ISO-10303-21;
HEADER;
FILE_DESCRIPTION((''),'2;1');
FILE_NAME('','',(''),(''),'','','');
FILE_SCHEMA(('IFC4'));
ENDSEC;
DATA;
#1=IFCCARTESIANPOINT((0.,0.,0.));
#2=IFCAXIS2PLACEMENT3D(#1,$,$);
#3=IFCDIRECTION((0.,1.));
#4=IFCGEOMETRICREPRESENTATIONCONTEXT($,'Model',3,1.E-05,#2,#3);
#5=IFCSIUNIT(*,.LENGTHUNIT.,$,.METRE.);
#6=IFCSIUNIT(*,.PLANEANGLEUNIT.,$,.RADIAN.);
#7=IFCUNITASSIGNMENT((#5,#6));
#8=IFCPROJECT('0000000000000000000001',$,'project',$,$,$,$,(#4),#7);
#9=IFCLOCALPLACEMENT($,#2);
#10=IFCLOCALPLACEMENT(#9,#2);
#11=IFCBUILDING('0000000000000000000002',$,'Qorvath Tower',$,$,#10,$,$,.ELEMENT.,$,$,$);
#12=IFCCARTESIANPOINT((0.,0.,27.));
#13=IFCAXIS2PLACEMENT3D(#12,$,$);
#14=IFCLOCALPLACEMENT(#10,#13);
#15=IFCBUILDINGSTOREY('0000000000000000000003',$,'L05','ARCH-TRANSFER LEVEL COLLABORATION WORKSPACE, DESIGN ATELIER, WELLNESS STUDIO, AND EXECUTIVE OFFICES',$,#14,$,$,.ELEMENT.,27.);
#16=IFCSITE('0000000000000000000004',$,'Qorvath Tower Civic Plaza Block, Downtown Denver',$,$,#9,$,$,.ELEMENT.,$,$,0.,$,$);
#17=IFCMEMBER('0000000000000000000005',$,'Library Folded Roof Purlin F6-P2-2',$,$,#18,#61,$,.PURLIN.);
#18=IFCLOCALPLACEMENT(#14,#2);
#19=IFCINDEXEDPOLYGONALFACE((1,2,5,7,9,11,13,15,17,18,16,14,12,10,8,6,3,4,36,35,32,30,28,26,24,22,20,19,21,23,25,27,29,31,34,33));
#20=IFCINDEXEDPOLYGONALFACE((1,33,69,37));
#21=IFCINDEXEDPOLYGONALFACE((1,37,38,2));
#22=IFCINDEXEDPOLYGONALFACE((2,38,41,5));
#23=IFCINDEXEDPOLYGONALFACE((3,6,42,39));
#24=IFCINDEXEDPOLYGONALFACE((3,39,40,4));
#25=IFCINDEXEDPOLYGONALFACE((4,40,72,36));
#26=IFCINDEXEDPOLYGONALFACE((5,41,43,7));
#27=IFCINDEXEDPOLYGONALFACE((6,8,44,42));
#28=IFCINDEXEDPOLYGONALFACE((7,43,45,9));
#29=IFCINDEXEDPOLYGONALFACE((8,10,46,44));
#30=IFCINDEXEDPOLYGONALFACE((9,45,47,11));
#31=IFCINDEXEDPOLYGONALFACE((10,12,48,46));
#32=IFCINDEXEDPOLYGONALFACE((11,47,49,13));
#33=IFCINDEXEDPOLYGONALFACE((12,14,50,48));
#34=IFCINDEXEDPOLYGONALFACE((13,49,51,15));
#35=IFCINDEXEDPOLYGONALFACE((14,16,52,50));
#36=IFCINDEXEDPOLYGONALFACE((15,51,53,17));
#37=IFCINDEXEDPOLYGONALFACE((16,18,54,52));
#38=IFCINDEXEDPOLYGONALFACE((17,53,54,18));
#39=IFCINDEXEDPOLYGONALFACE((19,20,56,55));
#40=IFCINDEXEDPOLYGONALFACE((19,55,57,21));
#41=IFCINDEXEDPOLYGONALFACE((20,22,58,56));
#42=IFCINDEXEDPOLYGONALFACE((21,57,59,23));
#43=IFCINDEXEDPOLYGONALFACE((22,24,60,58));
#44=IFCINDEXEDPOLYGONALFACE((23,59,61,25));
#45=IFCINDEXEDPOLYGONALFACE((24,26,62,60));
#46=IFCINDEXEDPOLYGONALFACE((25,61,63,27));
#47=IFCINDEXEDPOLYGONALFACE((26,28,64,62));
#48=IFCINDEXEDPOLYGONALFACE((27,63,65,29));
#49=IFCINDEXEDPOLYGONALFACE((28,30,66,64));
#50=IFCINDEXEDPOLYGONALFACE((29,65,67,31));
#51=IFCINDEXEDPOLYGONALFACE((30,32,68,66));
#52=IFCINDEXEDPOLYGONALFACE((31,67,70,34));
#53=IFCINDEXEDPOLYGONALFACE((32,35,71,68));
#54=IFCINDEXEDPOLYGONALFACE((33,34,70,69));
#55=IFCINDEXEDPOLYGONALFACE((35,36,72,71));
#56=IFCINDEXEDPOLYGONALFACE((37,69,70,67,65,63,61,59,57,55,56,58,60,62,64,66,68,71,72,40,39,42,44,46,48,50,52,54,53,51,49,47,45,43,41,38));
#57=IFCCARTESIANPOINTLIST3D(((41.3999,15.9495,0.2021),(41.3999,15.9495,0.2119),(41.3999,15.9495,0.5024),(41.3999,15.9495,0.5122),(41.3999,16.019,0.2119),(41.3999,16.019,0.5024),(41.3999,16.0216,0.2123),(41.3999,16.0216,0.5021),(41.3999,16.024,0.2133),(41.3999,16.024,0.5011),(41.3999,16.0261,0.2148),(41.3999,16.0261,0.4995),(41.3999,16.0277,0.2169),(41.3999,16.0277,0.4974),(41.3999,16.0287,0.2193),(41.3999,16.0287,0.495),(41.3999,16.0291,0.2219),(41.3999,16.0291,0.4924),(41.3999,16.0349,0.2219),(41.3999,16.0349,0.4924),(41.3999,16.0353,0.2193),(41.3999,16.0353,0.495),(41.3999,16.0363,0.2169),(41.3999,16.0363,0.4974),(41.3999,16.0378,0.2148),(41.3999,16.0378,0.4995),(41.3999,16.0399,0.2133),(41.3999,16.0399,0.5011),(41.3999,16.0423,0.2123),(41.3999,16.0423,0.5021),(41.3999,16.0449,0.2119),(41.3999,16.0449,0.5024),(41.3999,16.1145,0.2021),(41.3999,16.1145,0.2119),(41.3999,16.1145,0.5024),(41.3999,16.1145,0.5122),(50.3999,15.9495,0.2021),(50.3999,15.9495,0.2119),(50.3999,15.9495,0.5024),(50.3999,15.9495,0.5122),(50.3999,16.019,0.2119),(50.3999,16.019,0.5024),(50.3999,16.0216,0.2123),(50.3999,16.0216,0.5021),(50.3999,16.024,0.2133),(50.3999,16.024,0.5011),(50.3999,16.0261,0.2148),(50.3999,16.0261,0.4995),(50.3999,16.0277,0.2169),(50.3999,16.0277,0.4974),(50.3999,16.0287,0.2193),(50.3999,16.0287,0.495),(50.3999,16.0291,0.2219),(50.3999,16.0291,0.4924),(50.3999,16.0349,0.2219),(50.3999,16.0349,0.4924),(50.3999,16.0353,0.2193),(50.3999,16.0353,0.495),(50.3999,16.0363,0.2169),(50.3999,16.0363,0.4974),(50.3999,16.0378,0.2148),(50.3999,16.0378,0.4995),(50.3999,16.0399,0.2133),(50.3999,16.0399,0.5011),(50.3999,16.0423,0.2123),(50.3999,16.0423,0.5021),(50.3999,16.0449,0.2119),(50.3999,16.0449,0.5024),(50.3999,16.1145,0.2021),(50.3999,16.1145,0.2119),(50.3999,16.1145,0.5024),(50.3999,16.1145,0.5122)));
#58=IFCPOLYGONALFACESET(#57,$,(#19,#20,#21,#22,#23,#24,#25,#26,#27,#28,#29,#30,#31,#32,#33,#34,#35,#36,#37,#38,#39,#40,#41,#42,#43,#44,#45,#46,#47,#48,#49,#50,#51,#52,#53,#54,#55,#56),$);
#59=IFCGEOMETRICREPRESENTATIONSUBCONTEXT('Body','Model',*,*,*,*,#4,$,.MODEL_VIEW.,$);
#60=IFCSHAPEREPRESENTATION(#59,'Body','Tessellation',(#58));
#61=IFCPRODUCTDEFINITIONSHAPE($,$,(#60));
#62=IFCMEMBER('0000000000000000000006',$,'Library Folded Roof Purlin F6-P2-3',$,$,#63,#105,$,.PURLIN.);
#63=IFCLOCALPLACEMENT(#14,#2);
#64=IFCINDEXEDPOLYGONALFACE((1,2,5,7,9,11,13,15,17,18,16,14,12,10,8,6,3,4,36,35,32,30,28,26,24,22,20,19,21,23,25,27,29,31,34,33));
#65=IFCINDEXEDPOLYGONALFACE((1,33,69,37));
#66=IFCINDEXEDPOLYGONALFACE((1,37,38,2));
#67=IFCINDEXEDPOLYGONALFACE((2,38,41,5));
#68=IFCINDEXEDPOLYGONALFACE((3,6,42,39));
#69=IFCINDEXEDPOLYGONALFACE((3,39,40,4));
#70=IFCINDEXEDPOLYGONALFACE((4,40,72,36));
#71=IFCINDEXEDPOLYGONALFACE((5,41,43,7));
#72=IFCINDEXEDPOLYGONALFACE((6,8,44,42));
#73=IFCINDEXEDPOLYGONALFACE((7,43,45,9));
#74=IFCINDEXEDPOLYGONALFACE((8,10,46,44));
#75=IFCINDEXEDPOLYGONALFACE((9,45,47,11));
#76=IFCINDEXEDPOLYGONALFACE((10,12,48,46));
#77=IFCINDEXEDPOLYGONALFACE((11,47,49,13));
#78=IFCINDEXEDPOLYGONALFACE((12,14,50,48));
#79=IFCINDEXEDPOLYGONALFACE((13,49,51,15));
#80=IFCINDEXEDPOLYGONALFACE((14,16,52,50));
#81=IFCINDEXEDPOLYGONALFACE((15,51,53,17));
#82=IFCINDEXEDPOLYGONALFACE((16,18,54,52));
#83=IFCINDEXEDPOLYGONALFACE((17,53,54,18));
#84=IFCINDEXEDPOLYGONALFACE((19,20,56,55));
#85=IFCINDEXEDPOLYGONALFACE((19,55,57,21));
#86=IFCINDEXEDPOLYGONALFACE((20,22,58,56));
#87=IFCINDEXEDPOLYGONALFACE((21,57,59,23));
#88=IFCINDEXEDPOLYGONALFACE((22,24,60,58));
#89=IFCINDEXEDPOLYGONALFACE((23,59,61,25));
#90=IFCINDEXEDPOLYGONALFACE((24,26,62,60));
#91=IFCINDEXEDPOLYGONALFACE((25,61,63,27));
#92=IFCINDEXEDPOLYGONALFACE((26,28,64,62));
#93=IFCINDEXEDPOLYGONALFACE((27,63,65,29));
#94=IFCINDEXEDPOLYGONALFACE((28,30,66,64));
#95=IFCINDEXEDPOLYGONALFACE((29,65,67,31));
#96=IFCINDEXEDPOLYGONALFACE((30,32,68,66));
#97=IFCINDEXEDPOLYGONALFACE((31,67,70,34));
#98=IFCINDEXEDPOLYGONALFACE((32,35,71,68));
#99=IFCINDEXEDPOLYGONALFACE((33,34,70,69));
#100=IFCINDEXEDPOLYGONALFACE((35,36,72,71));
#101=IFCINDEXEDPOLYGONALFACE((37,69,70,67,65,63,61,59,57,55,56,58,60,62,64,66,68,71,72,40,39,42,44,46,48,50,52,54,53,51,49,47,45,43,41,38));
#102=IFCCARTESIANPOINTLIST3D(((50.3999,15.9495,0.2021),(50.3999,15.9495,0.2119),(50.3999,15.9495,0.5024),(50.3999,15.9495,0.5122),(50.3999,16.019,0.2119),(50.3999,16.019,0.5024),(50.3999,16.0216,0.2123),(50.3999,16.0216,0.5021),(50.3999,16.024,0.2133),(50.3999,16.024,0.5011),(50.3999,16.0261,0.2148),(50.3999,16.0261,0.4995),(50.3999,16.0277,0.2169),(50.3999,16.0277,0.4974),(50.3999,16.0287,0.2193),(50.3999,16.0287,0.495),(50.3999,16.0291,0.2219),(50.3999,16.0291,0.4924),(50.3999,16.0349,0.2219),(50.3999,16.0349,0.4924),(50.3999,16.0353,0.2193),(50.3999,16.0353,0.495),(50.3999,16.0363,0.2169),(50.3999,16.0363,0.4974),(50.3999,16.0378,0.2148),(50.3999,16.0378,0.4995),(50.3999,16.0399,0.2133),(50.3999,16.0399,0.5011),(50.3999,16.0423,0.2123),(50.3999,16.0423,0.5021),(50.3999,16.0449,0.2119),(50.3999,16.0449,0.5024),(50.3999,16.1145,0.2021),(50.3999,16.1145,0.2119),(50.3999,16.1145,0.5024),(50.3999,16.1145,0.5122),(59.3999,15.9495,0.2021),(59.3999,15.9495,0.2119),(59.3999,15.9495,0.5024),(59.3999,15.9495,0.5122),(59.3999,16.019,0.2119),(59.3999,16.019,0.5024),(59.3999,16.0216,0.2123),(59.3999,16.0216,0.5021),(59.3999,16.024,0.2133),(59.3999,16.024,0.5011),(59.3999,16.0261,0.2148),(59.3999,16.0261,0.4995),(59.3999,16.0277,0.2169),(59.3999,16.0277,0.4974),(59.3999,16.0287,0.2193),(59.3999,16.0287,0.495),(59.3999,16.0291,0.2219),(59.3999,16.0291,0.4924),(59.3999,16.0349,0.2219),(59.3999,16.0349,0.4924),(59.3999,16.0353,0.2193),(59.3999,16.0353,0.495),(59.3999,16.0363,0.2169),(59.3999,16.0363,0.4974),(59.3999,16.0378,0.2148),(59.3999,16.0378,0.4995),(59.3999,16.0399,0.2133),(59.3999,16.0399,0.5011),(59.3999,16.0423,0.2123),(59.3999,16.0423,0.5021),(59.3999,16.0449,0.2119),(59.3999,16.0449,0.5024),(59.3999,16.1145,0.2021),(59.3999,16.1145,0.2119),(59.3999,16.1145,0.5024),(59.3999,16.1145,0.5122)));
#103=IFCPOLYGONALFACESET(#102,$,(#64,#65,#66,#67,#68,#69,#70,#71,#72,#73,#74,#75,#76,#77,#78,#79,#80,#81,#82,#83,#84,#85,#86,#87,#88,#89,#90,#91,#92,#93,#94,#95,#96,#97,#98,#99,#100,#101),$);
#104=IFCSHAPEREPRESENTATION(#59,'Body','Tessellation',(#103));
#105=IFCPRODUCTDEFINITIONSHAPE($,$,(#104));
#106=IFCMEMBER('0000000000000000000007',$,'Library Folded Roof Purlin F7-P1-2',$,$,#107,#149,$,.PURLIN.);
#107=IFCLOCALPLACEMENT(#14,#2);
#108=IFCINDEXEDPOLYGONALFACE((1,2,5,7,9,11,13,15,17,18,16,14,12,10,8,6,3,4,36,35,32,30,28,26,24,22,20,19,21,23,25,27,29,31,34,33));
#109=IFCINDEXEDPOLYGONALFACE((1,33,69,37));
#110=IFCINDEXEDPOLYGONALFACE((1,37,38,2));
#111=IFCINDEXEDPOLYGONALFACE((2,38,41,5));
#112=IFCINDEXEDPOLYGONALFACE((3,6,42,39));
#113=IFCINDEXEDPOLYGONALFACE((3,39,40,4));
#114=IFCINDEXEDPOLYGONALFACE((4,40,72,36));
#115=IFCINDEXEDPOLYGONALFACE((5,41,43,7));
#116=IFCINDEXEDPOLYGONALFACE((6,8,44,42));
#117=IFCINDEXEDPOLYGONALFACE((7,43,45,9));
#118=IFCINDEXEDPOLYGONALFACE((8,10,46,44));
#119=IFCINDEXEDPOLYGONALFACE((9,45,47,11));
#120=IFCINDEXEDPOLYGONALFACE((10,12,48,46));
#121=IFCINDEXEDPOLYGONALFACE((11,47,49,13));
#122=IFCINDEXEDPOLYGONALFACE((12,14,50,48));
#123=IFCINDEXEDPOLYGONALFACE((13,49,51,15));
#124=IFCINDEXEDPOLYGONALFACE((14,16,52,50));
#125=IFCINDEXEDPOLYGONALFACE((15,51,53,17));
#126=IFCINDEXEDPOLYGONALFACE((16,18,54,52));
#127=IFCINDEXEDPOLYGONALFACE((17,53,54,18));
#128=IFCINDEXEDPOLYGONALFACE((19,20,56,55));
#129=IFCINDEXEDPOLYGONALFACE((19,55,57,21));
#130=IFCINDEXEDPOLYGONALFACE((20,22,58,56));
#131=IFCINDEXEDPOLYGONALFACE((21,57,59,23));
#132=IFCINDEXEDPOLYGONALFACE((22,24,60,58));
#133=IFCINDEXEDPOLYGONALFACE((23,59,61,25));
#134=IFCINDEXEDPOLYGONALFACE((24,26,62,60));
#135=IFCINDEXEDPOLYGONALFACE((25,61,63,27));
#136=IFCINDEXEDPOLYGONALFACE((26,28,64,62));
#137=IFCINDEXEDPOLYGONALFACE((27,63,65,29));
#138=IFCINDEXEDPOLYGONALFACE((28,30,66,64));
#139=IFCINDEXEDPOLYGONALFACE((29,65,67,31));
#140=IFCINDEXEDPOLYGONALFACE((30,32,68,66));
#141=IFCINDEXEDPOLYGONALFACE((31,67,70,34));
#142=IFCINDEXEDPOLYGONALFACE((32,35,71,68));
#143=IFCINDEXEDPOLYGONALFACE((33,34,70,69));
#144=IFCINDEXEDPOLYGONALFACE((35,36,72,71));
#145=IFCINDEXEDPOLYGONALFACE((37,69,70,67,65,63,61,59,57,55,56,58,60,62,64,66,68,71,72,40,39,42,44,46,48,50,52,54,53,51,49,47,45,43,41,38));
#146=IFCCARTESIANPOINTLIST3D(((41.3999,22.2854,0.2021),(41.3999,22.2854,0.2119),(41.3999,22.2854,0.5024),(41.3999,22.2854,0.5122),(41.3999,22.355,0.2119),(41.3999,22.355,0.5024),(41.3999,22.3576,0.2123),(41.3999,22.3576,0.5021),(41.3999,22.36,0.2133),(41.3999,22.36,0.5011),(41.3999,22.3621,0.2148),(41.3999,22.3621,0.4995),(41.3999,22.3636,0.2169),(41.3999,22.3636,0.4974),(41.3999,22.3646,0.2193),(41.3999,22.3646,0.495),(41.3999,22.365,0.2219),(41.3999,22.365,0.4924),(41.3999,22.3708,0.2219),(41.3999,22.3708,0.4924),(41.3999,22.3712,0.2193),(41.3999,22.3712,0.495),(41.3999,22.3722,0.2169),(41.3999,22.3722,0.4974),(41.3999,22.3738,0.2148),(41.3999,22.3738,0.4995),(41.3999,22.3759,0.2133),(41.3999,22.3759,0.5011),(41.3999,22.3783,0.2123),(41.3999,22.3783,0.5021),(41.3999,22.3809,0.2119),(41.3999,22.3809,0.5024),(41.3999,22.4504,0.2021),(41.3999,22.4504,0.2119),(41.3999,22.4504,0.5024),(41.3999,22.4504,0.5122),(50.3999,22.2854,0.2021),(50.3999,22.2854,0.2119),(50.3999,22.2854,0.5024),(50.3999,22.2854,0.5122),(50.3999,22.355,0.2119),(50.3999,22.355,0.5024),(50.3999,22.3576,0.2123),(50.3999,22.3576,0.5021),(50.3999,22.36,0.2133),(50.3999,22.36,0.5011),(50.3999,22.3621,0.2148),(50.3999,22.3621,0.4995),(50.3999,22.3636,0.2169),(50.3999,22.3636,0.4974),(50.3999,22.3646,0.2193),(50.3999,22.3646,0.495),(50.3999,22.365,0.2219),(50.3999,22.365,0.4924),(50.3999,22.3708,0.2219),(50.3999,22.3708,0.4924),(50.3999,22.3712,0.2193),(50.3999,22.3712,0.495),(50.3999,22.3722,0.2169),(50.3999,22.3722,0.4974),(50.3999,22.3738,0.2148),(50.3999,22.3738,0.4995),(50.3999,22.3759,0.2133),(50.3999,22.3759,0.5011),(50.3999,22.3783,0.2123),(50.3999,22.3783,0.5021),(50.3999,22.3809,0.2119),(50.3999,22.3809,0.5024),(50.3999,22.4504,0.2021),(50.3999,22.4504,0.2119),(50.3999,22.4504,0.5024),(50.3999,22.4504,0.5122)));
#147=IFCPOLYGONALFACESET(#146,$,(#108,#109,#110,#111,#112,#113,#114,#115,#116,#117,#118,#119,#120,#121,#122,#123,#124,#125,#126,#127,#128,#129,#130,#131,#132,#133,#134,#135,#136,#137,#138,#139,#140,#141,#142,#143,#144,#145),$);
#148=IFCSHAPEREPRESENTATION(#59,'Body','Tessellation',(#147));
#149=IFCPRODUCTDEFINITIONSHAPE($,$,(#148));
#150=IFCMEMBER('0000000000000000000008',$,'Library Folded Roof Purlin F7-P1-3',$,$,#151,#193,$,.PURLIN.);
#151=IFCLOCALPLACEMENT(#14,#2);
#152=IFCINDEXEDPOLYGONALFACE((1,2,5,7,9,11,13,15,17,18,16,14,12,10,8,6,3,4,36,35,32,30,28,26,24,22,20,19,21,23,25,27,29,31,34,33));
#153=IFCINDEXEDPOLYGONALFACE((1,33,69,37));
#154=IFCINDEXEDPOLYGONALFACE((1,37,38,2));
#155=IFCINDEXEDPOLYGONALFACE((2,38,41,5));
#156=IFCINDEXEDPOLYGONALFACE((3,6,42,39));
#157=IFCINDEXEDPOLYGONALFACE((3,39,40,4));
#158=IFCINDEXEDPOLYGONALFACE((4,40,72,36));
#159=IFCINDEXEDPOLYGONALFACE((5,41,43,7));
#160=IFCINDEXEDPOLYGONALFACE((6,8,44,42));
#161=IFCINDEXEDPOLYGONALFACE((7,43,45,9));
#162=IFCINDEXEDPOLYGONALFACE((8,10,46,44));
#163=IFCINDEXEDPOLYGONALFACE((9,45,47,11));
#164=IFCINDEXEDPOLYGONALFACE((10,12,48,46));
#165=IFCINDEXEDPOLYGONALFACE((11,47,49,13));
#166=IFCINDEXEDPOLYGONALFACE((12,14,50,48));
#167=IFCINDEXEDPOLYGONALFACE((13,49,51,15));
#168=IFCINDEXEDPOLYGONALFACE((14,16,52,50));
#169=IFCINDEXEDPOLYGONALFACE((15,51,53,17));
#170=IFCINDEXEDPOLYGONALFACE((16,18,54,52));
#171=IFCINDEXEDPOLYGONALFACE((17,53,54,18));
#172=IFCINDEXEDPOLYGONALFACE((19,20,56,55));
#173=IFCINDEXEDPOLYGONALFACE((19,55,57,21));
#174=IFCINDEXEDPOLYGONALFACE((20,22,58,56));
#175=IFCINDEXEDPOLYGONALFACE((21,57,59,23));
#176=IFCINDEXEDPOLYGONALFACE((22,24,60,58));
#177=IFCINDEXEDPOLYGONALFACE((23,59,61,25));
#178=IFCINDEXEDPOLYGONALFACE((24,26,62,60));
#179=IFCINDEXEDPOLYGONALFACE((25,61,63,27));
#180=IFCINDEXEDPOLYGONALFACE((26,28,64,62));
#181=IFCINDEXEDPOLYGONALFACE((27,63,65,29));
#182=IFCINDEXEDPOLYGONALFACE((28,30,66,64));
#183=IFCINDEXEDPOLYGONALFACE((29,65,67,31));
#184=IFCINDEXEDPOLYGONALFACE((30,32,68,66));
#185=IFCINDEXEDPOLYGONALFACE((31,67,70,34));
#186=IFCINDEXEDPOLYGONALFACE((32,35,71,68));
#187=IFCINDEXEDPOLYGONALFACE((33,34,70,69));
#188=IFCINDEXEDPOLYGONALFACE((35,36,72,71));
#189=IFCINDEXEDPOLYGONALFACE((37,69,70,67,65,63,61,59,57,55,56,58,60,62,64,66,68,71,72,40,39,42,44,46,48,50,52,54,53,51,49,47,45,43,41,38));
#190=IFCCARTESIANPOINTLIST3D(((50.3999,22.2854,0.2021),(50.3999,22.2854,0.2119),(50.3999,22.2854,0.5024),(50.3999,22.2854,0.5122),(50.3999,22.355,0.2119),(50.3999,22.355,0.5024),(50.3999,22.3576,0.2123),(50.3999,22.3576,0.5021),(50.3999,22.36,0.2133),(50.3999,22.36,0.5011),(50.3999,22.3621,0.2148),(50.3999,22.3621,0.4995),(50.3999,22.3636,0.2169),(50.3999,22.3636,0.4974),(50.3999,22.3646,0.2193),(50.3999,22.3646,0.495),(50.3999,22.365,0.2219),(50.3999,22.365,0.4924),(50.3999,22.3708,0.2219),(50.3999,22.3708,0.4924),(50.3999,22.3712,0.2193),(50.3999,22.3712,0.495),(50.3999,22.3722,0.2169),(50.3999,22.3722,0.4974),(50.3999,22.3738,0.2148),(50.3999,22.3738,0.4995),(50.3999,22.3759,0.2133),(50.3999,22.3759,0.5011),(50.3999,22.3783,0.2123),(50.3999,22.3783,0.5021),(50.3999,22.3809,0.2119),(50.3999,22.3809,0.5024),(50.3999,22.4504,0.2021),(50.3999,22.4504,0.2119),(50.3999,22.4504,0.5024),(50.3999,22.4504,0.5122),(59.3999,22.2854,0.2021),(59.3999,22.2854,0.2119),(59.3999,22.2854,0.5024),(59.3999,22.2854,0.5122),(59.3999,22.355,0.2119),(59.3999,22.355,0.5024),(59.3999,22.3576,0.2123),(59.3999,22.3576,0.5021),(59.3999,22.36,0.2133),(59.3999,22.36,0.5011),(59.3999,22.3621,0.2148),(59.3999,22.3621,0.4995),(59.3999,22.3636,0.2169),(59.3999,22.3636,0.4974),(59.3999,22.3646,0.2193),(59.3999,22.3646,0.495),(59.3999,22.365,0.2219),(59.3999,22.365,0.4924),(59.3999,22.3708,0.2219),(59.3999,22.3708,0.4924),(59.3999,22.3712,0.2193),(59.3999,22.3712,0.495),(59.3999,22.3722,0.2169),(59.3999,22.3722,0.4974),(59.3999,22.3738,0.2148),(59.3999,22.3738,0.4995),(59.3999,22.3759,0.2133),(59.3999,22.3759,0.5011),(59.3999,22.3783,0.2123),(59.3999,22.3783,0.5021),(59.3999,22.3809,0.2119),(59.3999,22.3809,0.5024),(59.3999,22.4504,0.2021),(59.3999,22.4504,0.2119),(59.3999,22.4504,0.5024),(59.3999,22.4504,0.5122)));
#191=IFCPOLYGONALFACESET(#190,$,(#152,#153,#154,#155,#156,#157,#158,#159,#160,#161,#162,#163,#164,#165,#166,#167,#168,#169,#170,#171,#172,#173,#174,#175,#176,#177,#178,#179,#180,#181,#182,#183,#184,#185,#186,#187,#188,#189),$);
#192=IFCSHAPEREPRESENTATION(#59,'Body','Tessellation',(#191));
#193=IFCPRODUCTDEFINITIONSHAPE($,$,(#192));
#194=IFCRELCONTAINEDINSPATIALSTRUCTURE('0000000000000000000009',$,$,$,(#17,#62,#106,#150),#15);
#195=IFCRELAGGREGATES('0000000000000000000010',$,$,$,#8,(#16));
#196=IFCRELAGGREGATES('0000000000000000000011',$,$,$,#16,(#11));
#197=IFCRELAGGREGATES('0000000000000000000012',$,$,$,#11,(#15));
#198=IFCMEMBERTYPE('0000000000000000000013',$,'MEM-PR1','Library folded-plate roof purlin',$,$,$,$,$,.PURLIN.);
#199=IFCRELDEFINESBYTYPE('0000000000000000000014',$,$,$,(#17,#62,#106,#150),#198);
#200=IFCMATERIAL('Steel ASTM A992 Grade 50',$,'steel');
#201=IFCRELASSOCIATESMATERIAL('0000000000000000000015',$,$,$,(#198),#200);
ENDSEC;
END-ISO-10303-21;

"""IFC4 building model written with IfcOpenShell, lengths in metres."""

from ifc_helpers import new_model, si_unit, direction, frame, origin, origin_2d, place, context, subcontext, project, spatial, i_section, extrude, material, material_profile, profile_set, type_object, element, save


model = new_model("IFC4")

# Units and contexts
model_context = context("Model", 3, precision=1e-05, world=origin(), true_north=direction((0.0, 1.0)))
body_context = subcontext(model_context, "Body", "Model", "MODEL_VIEW")
ifc_project = project(units=[si_unit("LENGTHUNIT", "METRE"), si_unit("PLANEANGLEUNIT", "RADIAN")], contexts=[model_context])

# Site, building, storey
site_placement = place(None, origin())
site = spatial("IfcSite", under=ifc_project, at=site_placement, Name="Qorvath Tower Civic Plaza Block, Downtown Denver", CompositionType="ELEMENT", RefElevation=0.0)
building_placement = place(site_placement, origin())
building = spatial("IfcBuilding", under=site, at=building_placement, Name="Qorvath Tower", CompositionType="ELEMENT")
storey_placement = place(building_placement, frame((0.0, 0.0, 27.0)))
storey = spatial("IfcBuildingStorey", under=building, at=storey_placement, Name="L05", Description="ARCH-TRANSFER LEVEL COLLABORATION WORKSPACE, DESIGN ATELIER, WELLNESS STUDIO, AND EXECUTIVE OFFICES", CompositionType="ELEMENT", Elevation=27.0)

# Members
ifc_material_1 = material(Name="Steel ASTM A992 Grade 50", Category="steel")
ifc_material_profile_1 = material_profile(ifc_material_1, i_section(OverallWidth=0.165, OverallDepth=0.3101, WebThickness=0.0059, FlangeThickness=0.0098, FilletRadius=0.01, at=origin_2d()), Name="W12x26")
ifc_profile_set_1 = profile_set([ifc_material_profile_1], Name="Steel ASTM A992 Grade 50")
member_type_1 = type_object("IfcMemberType", Name="MEM-PR1", Description="Library folded-plate roof purlin", PredefinedType="PURLIN", material=ifc_profile_set_1)
for number, where, z_axis, x_axis, name in (
    (1, (41.3999, 16.032, 0.3572), (1.0, 0.0, 0.0), (0.0, 1.0, 0.0), "Library Folded Roof Purlin F6-P2-2"),
    (2, (50.3999, 16.032, 0.3572), (1.0, 0.0, 0.0), (0.0, 1.0, 0.0), "Library Folded Roof Purlin F6-P2-3"),
    (3, (41.3999, 22.3679, 0.3572), (1.0, 0.0, 0.0), (0.0, 1.0, 0.0), "Library Folded Roof Purlin F7-P1-2"),
    (4, (50.3999, 22.3679, 0.3572), (1.0, 0.0, 0.0), (0.0, 1.0, 0.0), "Library Folded Roof Purlin F7-P1-3"),
):
    element("IfcMember", number, at=place(storey_placement, frame(where, z_axis=z_axis, x_axis=x_axis)), inside=storey, type_object=member_type_1, Name=name, PredefinedType="PURLIN", context=body_context, shape_type="SweptSolid", body=[
        extrude(i_section(OverallWidth=0.165, OverallDepth=0.3101, WebThickness=0.0059, FlangeThickness=0.0098, FilletRadius=0.01, at=origin_2d()), origin(), (0.0, 0.0, 1.0), 9.0),
    ])

save(model, "model.ifc")
